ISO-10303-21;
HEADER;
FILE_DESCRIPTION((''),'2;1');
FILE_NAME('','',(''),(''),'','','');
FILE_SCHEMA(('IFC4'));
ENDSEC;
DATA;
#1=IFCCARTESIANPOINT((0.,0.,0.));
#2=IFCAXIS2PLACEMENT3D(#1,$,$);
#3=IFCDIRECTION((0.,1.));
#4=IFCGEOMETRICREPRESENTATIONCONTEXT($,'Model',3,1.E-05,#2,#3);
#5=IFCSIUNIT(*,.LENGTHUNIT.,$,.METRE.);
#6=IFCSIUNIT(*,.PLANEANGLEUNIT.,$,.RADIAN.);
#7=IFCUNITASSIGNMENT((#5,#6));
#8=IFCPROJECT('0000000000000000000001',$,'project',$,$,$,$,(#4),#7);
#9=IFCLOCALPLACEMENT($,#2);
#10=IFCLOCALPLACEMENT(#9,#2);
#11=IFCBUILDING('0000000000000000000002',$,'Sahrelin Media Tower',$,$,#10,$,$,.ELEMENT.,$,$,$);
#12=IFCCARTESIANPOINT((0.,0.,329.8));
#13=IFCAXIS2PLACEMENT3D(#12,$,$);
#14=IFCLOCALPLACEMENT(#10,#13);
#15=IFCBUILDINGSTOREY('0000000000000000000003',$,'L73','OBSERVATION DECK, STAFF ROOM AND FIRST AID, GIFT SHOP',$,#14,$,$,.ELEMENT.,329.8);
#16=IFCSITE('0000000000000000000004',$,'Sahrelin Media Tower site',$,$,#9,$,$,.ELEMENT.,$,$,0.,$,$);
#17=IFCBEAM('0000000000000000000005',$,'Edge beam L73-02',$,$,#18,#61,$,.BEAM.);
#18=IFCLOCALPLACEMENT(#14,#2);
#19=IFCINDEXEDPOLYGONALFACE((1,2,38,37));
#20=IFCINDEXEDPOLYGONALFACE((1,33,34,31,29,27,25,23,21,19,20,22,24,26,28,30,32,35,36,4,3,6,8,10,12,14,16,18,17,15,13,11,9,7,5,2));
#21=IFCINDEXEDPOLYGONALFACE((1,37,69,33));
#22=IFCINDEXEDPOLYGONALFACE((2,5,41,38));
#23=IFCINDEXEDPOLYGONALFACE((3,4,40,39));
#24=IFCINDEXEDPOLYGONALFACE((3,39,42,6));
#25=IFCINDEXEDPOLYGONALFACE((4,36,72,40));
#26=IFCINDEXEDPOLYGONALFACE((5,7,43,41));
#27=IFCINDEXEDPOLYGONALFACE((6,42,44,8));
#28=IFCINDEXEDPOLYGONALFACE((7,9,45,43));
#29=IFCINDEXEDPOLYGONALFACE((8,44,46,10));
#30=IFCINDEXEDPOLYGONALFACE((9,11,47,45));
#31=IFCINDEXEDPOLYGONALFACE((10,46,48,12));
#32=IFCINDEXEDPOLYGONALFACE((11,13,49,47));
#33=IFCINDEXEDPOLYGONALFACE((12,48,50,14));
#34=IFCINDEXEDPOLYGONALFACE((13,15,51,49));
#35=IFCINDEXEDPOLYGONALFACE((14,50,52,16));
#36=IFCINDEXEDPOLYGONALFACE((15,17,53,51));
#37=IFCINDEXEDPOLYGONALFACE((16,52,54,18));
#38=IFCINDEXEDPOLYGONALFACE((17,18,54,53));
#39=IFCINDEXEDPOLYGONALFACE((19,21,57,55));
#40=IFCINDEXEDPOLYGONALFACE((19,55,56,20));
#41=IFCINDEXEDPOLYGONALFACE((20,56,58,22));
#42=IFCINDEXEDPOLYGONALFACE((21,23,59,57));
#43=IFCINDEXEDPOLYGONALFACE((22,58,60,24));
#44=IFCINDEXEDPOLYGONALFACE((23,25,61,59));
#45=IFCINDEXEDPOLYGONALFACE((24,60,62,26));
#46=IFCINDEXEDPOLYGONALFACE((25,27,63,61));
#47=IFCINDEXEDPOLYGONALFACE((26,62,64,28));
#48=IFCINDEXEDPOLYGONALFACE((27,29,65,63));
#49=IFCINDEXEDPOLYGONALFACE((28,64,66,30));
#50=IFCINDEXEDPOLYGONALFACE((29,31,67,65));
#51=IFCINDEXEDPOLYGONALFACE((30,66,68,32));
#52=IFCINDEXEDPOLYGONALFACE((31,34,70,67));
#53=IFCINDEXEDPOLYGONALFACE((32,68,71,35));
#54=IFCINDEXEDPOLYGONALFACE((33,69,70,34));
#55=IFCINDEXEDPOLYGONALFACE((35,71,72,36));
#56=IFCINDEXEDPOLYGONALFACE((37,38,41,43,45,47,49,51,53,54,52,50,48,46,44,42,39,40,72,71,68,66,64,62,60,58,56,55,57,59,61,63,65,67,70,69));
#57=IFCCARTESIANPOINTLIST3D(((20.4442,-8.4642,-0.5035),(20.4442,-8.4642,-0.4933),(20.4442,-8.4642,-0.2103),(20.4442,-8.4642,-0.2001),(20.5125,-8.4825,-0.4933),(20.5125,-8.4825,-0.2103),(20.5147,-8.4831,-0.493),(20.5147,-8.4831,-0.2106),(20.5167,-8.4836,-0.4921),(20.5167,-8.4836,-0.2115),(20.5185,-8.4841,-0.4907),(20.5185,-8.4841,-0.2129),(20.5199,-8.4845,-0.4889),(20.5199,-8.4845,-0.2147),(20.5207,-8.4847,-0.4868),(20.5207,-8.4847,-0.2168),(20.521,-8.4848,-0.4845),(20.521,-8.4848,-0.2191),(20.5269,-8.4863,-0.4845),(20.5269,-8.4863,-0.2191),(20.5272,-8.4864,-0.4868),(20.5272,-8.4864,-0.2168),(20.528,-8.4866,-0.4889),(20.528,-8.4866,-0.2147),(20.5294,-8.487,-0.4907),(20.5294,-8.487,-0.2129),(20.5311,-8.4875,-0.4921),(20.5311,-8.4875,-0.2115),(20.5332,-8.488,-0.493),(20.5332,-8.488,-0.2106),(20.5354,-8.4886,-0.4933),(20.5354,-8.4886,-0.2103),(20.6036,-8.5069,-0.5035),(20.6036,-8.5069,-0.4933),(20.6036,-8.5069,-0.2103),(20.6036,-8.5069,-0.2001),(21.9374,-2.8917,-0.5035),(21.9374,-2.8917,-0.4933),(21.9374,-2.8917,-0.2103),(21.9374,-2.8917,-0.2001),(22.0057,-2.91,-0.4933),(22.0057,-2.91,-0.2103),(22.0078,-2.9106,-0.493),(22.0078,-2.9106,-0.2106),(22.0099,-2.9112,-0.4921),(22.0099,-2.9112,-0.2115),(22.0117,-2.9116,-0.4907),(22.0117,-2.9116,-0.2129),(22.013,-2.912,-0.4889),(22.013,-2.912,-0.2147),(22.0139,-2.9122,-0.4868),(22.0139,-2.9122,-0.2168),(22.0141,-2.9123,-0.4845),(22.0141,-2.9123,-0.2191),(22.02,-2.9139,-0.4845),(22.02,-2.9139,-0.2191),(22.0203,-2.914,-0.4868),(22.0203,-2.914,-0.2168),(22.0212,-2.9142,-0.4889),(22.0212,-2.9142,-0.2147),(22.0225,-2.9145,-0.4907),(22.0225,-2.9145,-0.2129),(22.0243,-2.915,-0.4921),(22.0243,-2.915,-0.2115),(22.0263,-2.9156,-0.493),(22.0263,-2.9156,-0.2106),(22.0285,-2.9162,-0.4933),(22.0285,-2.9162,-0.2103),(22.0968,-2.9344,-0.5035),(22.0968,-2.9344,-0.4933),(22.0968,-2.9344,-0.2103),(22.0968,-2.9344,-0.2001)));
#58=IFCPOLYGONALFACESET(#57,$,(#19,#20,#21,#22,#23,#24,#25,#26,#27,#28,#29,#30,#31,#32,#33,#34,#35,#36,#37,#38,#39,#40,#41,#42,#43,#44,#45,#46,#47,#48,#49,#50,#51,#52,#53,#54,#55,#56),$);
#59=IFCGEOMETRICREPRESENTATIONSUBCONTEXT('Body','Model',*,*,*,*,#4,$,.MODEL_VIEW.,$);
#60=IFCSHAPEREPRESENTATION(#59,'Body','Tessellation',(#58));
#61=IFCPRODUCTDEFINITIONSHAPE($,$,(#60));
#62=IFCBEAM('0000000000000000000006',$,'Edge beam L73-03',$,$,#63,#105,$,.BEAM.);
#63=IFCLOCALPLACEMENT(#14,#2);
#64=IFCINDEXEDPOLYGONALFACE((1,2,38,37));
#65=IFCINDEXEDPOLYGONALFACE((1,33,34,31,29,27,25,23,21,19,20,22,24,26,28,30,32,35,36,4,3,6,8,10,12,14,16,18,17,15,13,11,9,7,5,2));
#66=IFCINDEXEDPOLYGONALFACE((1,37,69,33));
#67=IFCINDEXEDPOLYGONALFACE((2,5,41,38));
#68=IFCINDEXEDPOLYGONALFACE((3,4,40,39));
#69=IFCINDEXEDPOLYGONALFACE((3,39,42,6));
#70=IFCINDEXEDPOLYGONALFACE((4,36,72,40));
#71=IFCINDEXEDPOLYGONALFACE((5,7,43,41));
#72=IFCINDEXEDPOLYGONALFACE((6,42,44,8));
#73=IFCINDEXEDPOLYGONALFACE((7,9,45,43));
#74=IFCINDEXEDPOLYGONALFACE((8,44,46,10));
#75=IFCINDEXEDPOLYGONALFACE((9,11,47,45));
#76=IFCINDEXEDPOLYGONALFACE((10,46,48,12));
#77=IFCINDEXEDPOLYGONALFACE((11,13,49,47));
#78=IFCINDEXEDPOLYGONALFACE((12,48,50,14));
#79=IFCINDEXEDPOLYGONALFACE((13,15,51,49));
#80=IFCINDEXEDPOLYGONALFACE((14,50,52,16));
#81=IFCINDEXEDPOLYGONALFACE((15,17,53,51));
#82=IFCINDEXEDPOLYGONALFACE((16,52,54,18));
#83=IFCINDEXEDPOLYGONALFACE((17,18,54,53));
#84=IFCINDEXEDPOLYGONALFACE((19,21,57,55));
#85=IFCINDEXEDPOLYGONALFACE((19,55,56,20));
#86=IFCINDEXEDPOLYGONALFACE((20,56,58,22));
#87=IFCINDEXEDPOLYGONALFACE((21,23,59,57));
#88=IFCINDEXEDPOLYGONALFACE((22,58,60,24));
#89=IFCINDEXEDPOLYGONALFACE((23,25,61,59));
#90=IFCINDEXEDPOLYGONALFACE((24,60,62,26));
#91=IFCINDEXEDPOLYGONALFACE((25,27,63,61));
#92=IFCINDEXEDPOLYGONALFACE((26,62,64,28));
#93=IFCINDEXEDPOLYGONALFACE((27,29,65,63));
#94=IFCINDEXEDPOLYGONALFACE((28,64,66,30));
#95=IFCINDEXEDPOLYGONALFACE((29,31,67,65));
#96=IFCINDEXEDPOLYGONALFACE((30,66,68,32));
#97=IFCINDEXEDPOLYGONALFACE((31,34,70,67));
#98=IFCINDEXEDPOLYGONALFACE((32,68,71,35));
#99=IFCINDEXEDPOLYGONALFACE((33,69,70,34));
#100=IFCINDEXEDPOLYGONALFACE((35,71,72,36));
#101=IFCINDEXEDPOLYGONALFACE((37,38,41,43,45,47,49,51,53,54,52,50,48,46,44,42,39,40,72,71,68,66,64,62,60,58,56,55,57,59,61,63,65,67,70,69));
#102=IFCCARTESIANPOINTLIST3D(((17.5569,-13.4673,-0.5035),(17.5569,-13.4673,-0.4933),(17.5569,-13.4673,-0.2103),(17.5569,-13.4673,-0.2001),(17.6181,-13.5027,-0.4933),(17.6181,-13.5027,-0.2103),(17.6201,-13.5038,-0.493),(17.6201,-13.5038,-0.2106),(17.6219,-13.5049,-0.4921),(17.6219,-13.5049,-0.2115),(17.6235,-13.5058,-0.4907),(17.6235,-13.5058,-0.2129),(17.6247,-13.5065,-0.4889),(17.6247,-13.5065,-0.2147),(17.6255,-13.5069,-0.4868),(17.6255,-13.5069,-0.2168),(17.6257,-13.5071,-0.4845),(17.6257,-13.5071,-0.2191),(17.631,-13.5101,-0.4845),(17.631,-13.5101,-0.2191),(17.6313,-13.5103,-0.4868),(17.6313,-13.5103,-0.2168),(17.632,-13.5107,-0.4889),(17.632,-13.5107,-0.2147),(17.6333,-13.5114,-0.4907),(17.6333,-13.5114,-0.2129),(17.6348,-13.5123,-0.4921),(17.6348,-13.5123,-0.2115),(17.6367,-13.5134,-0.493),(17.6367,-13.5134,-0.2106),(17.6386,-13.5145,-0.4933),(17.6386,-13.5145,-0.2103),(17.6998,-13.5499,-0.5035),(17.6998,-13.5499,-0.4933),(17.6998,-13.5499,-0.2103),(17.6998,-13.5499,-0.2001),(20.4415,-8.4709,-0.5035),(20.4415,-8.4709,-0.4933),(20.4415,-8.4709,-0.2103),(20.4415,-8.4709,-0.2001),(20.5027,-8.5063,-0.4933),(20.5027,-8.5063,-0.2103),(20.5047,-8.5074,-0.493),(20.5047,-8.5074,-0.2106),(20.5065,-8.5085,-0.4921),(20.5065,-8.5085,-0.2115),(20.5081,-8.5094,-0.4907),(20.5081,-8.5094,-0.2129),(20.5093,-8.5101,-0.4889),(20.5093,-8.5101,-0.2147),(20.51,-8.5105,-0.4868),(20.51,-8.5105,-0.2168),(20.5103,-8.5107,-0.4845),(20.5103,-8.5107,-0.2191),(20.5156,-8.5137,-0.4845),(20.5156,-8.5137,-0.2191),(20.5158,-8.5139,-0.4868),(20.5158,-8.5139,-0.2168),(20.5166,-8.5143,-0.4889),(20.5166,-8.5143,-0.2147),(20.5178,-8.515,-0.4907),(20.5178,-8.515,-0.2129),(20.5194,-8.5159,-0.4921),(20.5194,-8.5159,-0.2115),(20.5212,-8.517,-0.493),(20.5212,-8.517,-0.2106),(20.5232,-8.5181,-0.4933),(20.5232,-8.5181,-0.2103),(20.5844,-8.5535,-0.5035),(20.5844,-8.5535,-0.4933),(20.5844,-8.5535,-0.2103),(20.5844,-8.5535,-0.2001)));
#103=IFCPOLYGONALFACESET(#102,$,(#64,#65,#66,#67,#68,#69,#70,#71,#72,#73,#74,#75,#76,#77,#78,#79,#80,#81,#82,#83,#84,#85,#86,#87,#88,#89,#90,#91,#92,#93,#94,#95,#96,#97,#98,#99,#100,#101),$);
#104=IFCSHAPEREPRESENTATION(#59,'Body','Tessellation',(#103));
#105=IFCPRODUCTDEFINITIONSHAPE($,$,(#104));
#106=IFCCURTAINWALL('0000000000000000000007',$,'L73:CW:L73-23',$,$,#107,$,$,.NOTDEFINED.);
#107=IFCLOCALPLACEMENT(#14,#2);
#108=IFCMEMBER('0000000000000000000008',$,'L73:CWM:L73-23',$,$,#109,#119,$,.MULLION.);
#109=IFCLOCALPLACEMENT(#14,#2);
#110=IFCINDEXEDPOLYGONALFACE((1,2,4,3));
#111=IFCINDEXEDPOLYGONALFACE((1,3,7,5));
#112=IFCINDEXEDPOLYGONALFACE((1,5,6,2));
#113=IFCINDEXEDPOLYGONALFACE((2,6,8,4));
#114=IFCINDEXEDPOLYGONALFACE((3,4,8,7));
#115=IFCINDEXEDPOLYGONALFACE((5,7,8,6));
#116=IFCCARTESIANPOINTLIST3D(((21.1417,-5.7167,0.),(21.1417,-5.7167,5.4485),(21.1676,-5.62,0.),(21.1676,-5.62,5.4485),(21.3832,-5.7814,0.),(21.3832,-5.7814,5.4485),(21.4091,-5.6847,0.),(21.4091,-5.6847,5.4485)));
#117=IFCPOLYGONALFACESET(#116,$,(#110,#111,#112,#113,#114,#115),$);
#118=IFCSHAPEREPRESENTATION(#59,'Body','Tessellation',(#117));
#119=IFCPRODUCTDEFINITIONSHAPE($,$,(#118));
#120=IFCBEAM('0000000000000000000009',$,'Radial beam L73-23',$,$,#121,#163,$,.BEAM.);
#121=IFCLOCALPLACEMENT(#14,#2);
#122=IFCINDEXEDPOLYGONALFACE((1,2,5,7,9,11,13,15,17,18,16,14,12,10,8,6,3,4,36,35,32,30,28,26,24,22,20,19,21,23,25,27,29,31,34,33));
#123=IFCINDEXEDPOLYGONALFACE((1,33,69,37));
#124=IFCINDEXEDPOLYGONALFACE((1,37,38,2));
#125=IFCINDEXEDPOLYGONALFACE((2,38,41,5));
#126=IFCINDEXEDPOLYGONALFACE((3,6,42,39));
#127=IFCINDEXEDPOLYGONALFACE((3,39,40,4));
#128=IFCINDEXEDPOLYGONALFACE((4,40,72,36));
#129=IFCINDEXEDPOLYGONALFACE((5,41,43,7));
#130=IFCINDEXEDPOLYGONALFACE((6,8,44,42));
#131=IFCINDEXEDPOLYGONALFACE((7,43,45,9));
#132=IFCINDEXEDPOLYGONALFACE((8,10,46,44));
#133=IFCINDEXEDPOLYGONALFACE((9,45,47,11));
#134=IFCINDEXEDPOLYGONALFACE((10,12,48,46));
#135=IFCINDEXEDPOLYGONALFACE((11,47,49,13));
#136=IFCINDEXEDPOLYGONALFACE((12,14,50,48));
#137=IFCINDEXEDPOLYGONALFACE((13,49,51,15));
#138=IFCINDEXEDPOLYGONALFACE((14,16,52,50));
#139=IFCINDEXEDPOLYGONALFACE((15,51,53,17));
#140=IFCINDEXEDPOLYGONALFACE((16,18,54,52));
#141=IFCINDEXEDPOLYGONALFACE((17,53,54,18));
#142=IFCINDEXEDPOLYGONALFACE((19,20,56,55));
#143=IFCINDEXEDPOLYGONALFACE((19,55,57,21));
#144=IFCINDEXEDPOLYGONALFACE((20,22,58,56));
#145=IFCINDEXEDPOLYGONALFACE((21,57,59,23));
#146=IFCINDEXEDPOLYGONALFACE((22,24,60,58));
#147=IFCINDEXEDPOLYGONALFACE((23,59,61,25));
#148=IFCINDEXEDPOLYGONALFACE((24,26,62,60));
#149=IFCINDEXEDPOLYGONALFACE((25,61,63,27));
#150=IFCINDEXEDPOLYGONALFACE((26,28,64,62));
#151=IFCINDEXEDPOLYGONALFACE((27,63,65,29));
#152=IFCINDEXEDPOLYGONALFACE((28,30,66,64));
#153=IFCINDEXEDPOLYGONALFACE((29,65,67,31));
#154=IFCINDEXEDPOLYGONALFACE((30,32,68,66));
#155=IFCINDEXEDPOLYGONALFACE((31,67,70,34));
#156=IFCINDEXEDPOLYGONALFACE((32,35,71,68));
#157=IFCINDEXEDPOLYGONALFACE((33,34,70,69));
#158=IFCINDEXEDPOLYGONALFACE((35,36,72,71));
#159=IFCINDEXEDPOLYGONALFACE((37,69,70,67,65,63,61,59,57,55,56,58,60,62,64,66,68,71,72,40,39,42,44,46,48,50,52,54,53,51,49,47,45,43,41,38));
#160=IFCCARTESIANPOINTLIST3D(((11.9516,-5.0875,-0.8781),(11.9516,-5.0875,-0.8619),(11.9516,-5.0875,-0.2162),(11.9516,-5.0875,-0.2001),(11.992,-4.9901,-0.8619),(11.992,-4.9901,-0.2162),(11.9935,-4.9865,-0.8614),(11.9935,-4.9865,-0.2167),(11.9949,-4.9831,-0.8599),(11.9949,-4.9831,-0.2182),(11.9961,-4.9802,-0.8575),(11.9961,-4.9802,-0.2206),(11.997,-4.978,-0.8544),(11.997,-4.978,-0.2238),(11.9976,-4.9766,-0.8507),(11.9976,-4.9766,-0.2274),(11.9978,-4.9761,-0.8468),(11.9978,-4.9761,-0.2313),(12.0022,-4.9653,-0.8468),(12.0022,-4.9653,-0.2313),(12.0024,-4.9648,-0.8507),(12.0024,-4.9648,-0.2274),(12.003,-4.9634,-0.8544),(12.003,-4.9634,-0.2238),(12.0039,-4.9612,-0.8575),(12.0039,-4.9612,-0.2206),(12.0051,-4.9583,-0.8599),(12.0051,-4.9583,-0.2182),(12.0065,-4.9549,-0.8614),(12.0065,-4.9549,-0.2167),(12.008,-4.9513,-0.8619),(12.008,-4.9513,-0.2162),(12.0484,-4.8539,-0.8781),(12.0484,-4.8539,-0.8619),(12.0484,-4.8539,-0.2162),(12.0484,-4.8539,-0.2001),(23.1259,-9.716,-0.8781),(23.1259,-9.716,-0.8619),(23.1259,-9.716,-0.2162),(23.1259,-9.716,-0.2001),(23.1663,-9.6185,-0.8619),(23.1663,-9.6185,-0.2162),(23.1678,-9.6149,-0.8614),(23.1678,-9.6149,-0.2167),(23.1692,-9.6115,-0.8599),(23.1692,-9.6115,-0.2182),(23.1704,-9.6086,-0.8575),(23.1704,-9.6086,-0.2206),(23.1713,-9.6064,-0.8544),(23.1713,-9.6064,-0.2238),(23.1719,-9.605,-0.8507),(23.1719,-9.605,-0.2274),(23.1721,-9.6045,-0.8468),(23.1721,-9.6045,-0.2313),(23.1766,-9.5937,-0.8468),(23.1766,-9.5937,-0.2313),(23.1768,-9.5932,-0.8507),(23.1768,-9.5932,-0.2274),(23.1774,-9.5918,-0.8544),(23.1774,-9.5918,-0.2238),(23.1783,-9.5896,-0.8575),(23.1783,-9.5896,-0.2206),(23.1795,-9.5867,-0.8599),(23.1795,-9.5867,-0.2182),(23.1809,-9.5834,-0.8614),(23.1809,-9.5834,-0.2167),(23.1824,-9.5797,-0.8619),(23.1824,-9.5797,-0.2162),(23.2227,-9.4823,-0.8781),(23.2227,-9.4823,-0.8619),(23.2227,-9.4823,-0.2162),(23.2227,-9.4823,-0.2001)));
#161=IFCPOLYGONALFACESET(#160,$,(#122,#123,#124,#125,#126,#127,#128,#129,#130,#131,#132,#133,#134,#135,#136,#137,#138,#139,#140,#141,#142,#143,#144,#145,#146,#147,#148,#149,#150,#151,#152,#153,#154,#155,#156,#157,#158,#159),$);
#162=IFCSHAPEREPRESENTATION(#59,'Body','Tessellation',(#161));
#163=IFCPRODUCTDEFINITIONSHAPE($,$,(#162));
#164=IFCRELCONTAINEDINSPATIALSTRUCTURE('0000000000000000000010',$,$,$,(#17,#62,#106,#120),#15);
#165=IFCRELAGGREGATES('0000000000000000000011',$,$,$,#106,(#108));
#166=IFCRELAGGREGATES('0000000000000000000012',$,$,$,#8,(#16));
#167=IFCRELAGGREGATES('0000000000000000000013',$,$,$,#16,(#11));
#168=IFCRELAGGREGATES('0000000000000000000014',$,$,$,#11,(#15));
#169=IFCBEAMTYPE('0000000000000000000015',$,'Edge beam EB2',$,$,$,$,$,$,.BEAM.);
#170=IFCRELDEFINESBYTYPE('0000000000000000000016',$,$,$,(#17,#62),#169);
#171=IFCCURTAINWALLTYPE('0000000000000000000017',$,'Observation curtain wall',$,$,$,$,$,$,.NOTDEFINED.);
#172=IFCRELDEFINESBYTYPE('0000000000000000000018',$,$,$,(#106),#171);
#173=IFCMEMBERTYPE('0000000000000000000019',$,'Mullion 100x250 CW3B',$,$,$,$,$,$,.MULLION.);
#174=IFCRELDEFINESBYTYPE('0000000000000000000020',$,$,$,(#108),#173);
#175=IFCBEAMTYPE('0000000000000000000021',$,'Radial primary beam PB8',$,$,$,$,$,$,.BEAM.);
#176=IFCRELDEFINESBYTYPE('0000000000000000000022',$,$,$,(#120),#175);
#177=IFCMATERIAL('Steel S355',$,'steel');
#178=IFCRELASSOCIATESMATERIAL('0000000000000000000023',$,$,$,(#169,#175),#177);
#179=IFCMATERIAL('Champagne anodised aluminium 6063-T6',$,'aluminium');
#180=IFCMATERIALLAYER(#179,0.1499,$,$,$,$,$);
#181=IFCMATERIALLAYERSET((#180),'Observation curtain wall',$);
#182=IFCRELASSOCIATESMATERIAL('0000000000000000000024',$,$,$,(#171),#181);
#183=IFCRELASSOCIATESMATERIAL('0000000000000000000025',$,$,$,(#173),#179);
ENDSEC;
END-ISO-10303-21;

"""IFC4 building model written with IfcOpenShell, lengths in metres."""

from ifc_helpers import new_model, si_unit, direction, frame, origin, origin_2d, place, context, subcontext, project, spatial, rectangle, i_section, extrude, material, layer, layer_set, material_profile, profile_set, type_object, element, aggregate, save


model = new_model("IFC4")

# Units and contexts
model_context = context("Model", 3, precision=1e-05, world=origin(), true_north=direction((0.0, 1.0)))
body_context = subcontext(model_context, "Body", "Model", "MODEL_VIEW")
ifc_project = project(units=[si_unit("LENGTHUNIT", "METRE"), si_unit("PLANEANGLEUNIT", "RADIAN")], contexts=[model_context])

# Site, building, storey
site_placement = place(None, origin())
site = spatial("IfcSite", under=ifc_project, at=site_placement, Name="Sahrelin Media Tower site", CompositionType="ELEMENT", RefElevation=0.0)
building_placement = place(site_placement, origin())
building = spatial("IfcBuilding", under=site, at=building_placement, Name="Sahrelin Media Tower", CompositionType="ELEMENT")
storey_placement = place(building_placement, frame((0.0, 0.0, 329.8)))
storey = spatial("IfcBuildingStorey", under=building, at=storey_placement, Name="L73", Description="OBSERVATION DECK, STAFF ROOM AND FIRST AID, GIFT SHOP", CompositionType="ELEMENT", Elevation=329.8)

# Beams
ifc_material_1 = material(Name="Steel S355", Category="steel")
ifc_material_profile_1 = material_profile(ifc_material_1, i_section(OverallWidth=0.165, OverallDepth=0.3035, WebThickness=0.0061, FlangeThickness=0.0103, FilletRadius=0.0088, at=origin_2d()), Name="UB 305x165x40")
ifc_profile_set_1 = profile_set([ifc_material_profile_1], Name="Steel S355")
beam_type_1 = type_object("IfcBeamType", Name="Edge beam EB2", PredefinedType="BEAM", material=ifc_profile_set_1)
beam_1_placement = place(storey_placement, frame((22.0171, -2.9131, -0.3518), z_axis=(-0.258821, -0.965925, 0.0), x_axis=(0.965925, -0.258821, 0.0)))
element("IfcBeam", 1, at=beam_1_placement, inside=storey, type_object=beam_type_1, Name="Edge beam L73-02", PredefinedType="BEAM", context=body_context, shape_type="SweptSolid", body=[
    extrude(i_section(OverallWidth=0.165, OverallDepth=0.3035, WebThickness=0.0061, FlangeThickness=0.0103, FilletRadius=0.0088, at=origin_2d()), origin(), (0.0, 0.0, 1.0), 5.769),
])
beam_2_placement = place(storey_placement, frame((20.5129, -8.5122, -0.3518), z_axis=(-0.499985, -0.866034, 0.0), x_axis=(0.866034, -0.499985, 0.0)))
element("IfcBeam", 2, at=beam_2_placement, inside=storey, type_object=beam_type_1, Name="Edge beam L73-03", PredefinedType="BEAM", context=body_context, shape_type="SweptSolid", body=[
    extrude(i_section(OverallWidth=0.165, OverallDepth=0.3035, WebThickness=0.0061, FlangeThickness=0.0103, FilletRadius=0.0088, at=origin_2d()), origin(), (0.0, 0.0, 1.0), 5.7693),
])

# Curtain wall, member
ifc_material_2 = material(Name="Champagne anodised aluminium 6063-T6", Category="aluminium")
ifc_layer_1 = layer(ifc_material_2, 0.1499)
ifc_layer_set_1 = layer_set([ifc_layer_1], Name="Observation curtain wall")
curtain_wall_type = type_object("IfcCurtainWallType", Name="Observation curtain wall", PredefinedType="NOTDEFINED", material=ifc_layer_set_1)
curtain_wall_1_placement = place(storey_placement, frame((21.4153, -5.7383, 0.0), z_axis=(0.0, 0.0, 1.0), x_axis=(1.0, 0.0, 0.0)))
curtain_wall_1 = element("IfcCurtainWall", 3, at=curtain_wall_1_placement, inside=storey, type_object=curtain_wall_type, Name="L73:CW:L73-23", PredefinedType="NOTDEFINED")
ifc_material_profile_2 = material_profile(ifc_material_2, rectangle(XDim=0.1001, YDim=0.25, at=origin_2d()), Name="Mullion 100x250")
ifc_profile_set_2 = profile_set([ifc_material_profile_2], Name="Champagne anodised aluminium 6063-T6")
member_type_1 = type_object("IfcMemberType", Name="Mullion 100x250 CW3B", PredefinedType="MULLION", material=ifc_profile_set_2)
member_1_placement = place(storey_placement, frame((21.2754, -5.7007, 0.0), z_axis=(0.0, 0.0, 1.0), x_axis=(0.258817, 0.965926, 0.0)))
member_1 = element("IfcMember", 4, at=member_1_placement, type_object=member_type_1, Name="L73:CWM:L73-23", PredefinedType="MULLION", context=body_context, shape_type="SweptSolid", body=[
    extrude(rectangle(XDim=0.1001, YDim=0.25, at=origin_2d()), origin(), (0.0, 0.0, 1.0), 5.4485),
])

# Beam
ifc_material_profile_3 = material_profile(ifc_material_1, i_section(OverallWidth=0.2529, OverallDepth=0.678, WebThickness=0.0117, FlangeThickness=0.0161, FilletRadius=0.0151, at=origin_2d()), Name="UB 686x254x125")
ifc_profile_set_3 = profile_set([ifc_material_profile_3], Name="Steel S355")
beam_type_2 = type_object("IfcBeamType", Name="Radial primary beam PB8", PredefinedType="BEAM", material=ifc_profile_set_3)
beam_3_placement = place(storey_placement, frame((12.0, -4.9707, -0.5391), z_axis=(0.923883, -0.382674, 0.0), x_axis=(0.382674, 0.923883, 0.0)))
element("IfcBeam", 5, at=beam_3_placement, inside=storey, type_object=beam_type_2, Name="Radial beam L73-23", PredefinedType="BEAM", context=body_context, shape_type="SweptSolid", body=[
    extrude(i_section(OverallWidth=0.2529, OverallDepth=0.678, WebThickness=0.0117, FlangeThickness=0.0161, FilletRadius=0.0151, at=origin_2d()), origin(), (0.0, 0.0, 1.0), 12.095),
])

aggregate(curtain_wall_1, [member_1])

save(model, "model.ifc")
